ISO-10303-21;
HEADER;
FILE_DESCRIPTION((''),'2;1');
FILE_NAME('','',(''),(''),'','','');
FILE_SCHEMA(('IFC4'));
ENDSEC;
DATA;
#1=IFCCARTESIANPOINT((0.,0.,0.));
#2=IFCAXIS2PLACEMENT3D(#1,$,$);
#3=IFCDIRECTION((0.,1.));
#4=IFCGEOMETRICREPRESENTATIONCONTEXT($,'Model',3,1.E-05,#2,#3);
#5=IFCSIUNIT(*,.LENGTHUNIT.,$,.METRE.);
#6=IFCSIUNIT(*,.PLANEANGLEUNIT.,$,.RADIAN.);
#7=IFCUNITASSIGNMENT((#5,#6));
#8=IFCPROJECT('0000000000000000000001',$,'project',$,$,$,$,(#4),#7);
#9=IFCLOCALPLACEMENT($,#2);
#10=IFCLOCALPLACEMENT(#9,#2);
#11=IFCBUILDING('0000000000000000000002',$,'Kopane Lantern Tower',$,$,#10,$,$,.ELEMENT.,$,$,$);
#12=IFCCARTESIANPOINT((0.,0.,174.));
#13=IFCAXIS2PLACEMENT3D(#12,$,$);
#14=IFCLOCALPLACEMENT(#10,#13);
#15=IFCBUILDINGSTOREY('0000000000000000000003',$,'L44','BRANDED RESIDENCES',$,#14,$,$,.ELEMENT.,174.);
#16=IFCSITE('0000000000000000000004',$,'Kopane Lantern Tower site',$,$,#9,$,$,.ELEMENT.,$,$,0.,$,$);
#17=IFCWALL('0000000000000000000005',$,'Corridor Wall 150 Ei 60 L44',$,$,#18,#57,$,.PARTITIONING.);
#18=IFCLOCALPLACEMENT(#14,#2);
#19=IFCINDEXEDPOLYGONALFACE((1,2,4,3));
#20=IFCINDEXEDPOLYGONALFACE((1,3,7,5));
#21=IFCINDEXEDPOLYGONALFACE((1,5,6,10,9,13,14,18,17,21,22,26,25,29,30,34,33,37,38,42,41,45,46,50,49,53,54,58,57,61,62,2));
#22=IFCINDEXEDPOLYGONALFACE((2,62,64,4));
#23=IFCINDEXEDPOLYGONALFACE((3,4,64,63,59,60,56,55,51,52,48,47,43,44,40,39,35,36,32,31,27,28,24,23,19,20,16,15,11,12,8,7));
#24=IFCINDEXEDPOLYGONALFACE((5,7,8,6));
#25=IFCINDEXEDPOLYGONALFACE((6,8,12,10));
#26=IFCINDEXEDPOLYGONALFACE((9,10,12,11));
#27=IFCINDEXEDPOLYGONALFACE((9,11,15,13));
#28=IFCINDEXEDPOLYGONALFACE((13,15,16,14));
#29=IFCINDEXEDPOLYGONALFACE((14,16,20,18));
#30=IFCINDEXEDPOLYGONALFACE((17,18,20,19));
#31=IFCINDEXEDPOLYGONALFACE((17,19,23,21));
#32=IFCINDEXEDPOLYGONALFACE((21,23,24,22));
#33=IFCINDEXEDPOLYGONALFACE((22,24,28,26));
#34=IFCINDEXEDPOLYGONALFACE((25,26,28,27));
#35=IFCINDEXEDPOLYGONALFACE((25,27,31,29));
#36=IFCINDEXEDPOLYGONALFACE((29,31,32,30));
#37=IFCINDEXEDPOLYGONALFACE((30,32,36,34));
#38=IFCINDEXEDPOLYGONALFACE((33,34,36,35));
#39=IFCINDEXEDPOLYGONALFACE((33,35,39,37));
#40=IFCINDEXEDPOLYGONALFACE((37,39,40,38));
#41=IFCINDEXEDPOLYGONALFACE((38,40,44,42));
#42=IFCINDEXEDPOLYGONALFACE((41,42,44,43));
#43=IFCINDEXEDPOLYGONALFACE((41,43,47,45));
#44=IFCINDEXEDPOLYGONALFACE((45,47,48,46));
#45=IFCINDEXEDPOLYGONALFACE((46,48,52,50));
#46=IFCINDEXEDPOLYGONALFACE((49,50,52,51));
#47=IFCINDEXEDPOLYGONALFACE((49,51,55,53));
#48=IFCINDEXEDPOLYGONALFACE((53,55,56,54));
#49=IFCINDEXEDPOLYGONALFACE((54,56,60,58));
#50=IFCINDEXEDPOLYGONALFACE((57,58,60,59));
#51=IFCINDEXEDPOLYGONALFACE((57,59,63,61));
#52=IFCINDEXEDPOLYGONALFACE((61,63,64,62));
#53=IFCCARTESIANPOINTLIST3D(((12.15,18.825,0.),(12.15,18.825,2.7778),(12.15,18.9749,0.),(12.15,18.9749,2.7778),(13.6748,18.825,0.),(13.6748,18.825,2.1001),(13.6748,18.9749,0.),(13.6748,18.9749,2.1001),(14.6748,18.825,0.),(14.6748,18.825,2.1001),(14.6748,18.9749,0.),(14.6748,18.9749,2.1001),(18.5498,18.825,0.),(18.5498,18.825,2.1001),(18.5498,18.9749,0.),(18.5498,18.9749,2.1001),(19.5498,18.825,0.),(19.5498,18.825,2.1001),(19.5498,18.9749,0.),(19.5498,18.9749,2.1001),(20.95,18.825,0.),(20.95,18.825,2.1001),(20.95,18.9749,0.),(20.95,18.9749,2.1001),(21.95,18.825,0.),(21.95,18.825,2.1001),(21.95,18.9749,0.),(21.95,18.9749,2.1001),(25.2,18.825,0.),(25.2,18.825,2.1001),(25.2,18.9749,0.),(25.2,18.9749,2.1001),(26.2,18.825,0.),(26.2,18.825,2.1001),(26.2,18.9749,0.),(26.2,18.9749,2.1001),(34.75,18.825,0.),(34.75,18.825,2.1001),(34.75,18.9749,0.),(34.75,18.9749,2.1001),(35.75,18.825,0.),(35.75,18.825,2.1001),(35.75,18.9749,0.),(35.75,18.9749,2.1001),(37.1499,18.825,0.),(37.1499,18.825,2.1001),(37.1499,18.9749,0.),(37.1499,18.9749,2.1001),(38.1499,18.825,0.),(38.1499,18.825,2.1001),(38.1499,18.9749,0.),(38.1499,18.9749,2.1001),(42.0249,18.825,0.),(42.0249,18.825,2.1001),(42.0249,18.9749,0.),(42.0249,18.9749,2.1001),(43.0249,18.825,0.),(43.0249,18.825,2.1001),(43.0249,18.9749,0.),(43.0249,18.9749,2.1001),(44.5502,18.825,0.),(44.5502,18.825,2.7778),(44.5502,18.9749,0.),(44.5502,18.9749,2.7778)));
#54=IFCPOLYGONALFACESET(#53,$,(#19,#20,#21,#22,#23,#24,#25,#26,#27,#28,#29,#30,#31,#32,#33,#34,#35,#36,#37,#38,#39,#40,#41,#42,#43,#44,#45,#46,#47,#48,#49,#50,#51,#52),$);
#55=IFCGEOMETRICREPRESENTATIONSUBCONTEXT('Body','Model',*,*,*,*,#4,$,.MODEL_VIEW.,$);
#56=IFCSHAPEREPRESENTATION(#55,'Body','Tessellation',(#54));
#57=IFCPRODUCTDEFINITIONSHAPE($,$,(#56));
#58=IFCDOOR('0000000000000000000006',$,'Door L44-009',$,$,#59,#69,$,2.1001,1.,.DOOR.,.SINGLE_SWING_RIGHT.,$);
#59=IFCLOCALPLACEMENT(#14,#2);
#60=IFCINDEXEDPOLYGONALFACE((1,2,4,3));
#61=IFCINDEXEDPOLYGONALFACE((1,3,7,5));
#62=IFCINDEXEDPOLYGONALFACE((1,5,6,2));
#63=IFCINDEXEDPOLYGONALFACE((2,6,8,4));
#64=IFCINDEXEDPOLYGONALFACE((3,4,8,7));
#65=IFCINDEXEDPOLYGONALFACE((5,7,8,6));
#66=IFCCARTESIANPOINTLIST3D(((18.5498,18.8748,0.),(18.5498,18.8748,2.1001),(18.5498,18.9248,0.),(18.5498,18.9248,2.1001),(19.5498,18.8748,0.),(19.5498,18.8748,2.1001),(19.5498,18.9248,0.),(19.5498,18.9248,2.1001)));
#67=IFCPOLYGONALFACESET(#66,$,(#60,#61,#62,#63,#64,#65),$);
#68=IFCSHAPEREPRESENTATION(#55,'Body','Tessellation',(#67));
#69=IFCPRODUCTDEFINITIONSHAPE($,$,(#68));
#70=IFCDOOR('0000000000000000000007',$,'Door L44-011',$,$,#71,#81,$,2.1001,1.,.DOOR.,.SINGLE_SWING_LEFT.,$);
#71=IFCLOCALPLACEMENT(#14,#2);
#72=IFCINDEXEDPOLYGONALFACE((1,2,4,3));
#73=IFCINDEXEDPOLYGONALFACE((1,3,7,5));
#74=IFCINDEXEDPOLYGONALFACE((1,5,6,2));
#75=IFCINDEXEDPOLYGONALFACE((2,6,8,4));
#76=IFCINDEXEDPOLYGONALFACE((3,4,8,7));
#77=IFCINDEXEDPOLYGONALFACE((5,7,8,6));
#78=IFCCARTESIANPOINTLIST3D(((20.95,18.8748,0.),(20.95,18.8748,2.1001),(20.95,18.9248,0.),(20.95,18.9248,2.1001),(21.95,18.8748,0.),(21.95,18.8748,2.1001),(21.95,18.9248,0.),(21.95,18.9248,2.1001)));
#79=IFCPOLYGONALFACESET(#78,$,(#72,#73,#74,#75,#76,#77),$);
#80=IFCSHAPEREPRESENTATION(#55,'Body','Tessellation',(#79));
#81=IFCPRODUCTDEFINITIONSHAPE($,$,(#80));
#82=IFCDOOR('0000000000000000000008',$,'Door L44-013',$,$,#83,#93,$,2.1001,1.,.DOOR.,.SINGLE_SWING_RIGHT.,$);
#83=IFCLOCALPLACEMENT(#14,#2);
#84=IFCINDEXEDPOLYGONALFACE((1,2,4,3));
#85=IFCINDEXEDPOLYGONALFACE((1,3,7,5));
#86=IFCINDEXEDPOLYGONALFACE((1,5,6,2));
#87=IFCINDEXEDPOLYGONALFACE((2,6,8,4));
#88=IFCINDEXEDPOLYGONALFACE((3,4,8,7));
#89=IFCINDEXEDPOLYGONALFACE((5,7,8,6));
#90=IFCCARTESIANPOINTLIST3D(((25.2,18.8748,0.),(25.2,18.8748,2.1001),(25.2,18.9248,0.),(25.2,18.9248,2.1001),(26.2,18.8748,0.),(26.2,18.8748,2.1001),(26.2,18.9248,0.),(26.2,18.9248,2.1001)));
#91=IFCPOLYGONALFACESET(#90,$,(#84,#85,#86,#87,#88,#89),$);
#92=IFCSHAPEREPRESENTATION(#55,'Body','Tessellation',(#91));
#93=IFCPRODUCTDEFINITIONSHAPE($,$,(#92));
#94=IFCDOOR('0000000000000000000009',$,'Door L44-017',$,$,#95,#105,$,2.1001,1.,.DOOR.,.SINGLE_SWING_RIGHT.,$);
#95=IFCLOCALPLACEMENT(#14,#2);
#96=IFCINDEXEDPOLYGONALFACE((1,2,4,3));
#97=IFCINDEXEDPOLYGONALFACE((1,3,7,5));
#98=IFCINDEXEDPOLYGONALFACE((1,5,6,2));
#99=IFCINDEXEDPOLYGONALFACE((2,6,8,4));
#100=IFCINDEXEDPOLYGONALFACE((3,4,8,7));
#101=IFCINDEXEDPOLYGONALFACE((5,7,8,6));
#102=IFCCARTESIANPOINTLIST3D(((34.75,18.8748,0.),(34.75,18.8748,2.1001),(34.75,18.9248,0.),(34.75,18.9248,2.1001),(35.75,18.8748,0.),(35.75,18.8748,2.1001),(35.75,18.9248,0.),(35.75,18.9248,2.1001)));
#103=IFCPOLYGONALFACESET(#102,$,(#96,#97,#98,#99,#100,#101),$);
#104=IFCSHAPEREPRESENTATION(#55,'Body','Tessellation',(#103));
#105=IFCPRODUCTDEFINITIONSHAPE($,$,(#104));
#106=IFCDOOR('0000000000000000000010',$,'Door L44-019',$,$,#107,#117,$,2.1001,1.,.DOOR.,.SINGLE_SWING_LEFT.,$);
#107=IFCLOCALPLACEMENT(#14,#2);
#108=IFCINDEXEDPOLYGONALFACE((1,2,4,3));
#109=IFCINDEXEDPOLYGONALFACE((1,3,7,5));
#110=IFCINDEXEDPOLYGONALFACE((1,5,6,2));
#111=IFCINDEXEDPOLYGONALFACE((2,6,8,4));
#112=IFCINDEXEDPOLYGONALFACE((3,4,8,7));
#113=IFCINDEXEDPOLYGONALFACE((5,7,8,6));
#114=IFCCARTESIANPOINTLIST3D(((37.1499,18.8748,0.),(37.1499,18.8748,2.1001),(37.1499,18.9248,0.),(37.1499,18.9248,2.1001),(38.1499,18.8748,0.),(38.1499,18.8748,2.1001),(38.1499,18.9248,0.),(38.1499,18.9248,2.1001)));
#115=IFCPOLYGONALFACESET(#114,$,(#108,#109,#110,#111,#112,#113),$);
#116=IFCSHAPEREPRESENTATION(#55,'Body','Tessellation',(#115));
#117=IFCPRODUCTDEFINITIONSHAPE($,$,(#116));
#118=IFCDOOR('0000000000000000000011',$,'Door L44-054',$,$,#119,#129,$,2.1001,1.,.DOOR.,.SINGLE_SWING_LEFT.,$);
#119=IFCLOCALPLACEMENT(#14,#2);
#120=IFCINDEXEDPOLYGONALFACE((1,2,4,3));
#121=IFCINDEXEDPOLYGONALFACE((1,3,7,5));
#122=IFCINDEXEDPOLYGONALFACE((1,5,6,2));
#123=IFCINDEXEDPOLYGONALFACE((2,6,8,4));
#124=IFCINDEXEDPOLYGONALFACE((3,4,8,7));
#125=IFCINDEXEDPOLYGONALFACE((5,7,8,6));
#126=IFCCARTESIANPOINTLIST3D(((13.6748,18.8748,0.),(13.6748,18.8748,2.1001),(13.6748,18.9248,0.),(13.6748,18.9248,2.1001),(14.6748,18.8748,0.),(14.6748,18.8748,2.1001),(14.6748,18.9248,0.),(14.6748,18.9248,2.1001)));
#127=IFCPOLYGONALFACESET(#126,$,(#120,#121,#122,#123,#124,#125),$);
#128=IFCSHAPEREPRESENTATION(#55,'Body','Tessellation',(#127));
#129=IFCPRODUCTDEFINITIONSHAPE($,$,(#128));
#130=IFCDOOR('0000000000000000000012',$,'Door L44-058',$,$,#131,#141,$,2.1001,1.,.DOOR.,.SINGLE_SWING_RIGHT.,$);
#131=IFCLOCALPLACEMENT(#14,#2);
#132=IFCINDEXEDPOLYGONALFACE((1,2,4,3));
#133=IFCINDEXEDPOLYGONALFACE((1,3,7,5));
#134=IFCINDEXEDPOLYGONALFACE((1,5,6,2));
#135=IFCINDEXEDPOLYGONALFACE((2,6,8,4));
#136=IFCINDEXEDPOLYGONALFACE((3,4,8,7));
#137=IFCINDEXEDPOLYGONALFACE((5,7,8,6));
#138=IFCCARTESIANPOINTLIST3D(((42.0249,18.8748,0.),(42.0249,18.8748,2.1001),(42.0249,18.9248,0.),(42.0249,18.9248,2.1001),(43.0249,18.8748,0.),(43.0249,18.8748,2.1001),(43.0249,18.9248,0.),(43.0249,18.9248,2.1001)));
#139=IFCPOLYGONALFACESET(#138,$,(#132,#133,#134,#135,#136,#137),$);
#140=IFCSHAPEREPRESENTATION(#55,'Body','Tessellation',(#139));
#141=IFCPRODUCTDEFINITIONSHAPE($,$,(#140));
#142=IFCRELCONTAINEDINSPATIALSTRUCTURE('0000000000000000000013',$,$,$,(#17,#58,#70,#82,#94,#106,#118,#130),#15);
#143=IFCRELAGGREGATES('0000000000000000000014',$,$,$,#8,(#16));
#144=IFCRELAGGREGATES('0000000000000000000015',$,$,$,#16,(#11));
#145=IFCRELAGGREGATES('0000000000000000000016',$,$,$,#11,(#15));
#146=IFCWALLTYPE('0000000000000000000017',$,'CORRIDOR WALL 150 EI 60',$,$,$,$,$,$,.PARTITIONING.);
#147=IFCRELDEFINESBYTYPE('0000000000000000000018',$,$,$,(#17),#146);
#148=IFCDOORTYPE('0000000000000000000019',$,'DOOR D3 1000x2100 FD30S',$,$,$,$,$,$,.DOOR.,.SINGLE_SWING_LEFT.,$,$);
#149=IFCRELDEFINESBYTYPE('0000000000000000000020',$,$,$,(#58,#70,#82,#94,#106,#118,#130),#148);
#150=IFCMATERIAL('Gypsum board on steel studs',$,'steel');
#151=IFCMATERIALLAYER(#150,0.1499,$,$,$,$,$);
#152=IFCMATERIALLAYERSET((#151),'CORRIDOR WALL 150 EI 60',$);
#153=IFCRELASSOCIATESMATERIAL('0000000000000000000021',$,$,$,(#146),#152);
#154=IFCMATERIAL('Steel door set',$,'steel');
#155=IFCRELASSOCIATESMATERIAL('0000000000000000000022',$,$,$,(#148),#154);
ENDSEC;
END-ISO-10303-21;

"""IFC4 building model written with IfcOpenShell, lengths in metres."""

from ifc_helpers import new_model, si_unit, direction, frame, frame_2d, origin, place, context, subcontext, project, spatial, rectangle, extrude, material, layer, layer_set, type_object, element, fill, save


model = new_model("IFC4")

# Units and contexts
model_context = context("Model", 3, precision=1e-05, world=origin(), true_north=direction((0.0, 1.0)))
body_context = subcontext(model_context, "Body", "Model", "MODEL_VIEW")
ifc_project = project(units=[si_unit("LENGTHUNIT", "METRE"), si_unit("PLANEANGLEUNIT", "RADIAN")], contexts=[model_context])

# Site, building, storey
site_placement = place(None, origin())
site = spatial("IfcSite", under=ifc_project, at=site_placement, Name="Kopane Lantern Tower site", CompositionType="ELEMENT", RefElevation=0.0)
building_placement = place(site_placement, origin())
building = spatial("IfcBuilding", under=site, at=building_placement, Name="Kopane Lantern Tower", CompositionType="ELEMENT")
storey_placement = place(building_placement, frame((0.0, 0.0, 174.0)))
storey = spatial("IfcBuildingStorey", under=building, at=storey_placement, Name="L44", Description="BRANDED RESIDENCES", CompositionType="ELEMENT", Elevation=174.0)

# Wall, openings, doors
ifc_material_1 = material(Name="Gypsum board on steel studs", Category="steel")
ifc_layer_1 = layer(ifc_material_1, 0.1499)
ifc_layer_set_1 = layer_set([ifc_layer_1], Name="CORRIDOR WALL 150 EI 60")
wall_type_1 = type_object("IfcWallType", Name="CORRIDOR WALL 150 EI 60", PredefinedType="PARTITIONING", material=ifc_layer_set_1)
wall_1_placement = place(storey_placement, frame((12.1499, 18.8999, 0.0), z_axis=(0.0, 0.0, 1.0), x_axis=(1.0, 0.0, 0.0)))
wall_1 = element("IfcWall", 1, at=wall_1_placement, inside=storey, type_object=wall_type_1, Name="Corridor Wall 150 Ei 60 L44", PredefinedType="PARTITIONING", context=body_context, shape_type="SweptSolid", body=[
    extrude(rectangle(XDim=32.4001, YDim=0.1499, at=frame_2d((16.2002, 0.0))), origin(), (0.0, 0.0, 1.0), 2.7778),
])
opening_1_placement = place(wall_1_placement, frame((6.3999, 0.0, 0.0)))
opening_1 = element("IfcOpeningElement", 2, at=opening_1_placement, cuts=wall_1, PredefinedType="OPENING", context=body_context, shape_type="SweptSolid", body=[
    extrude(rectangle(XDim=1.0, YDim=2.1001, at=frame_2d((0.5, 1.05))), frame((0.0, 0.085, 0.0), z_axis=(0.0, -1.0, 0.0), x_axis=(1.0, 0.0, 0.0)), (0.0, 0.0, 1.0), 0.1699),
])
opening_2_placement = place(wall_1_placement, frame((8.8, 0.0, 0.0)))
opening_2 = element("IfcOpeningElement", 3, at=opening_2_placement, cuts=wall_1, PredefinedType="OPENING", context=body_context, shape_type="SweptSolid", body=[
    extrude(rectangle(XDim=1.0, YDim=2.1001, at=frame_2d((0.5, 1.05))), frame((0.0, 0.085, 0.0), z_axis=(0.0, -1.0, 0.0), x_axis=(1.0, 0.0, 0.0)), (0.0, 0.0, 1.0), 0.1699),
])
opening_3_placement = place(wall_1_placement, frame((13.05, 0.0, 0.0)))
opening_3 = element("IfcOpeningElement", 4, at=opening_3_placement, cuts=wall_1, PredefinedType="OPENING", context=body_context, shape_type="SweptSolid", body=[
    extrude(rectangle(XDim=1.0, YDim=2.1001, at=frame_2d((0.5, 1.05))), frame((0.0, 0.085, 0.0), z_axis=(0.0, -1.0, 0.0), x_axis=(1.0, 0.0, 0.0)), (0.0, 0.0, 1.0), 0.1699),
])
opening_4_placement = place(wall_1_placement, frame((22.6001, 0.0, 0.0)))
opening_4 = element("IfcOpeningElement", 5, at=opening_4_placement, cuts=wall_1, PredefinedType="OPENING", context=body_context, shape_type="SweptSolid", body=[
    extrude(rectangle(XDim=1.0, YDim=2.1001, at=frame_2d((0.5, 1.05))), frame((0.0, 0.085, 0.0), z_axis=(0.0, -1.0, 0.0), x_axis=(1.0, 0.0, 0.0)), (0.0, 0.0, 1.0), 0.1699),
])
opening_5_placement = place(wall_1_placement, frame((25.0, 0.0, 0.0)))
opening_5 = element("IfcOpeningElement", 6, at=opening_5_placement, cuts=wall_1, PredefinedType="OPENING", context=body_context, shape_type="SweptSolid", body=[
    extrude(rectangle(XDim=1.0, YDim=2.1001, at=frame_2d((0.5, 1.05))), frame((0.0, 0.085, 0.0), z_axis=(0.0, -1.0, 0.0), x_axis=(1.0, 0.0, 0.0)), (0.0, 0.0, 1.0), 0.1699),
])
opening_6_placement = place(wall_1_placement, frame((1.5249, 0.0, 0.0)))
opening_6 = element("IfcOpeningElement", 7, at=opening_6_placement, cuts=wall_1, PredefinedType="OPENING", context=body_context, shape_type="SweptSolid", body=[
    extrude(rectangle(XDim=1.0, YDim=2.1001, at=frame_2d((0.5, 1.05))), frame((0.0, 0.085, 0.0), z_axis=(0.0, -1.0, 0.0), x_axis=(1.0, 0.0, 0.0)), (0.0, 0.0, 1.0), 0.1699),
])
opening_7_placement = place(wall_1_placement, frame((29.875, 0.0, 0.0)))
opening_7 = element("IfcOpeningElement", 8, at=opening_7_placement, cuts=wall_1, PredefinedType="OPENING", context=body_context, shape_type="SweptSolid", body=[
    extrude(rectangle(XDim=1.0, YDim=2.1001, at=frame_2d((0.5, 1.05))), frame((0.0, 0.085, 0.0), z_axis=(0.0, -1.0, 0.0), x_axis=(1.0, 0.0, 0.0)), (0.0, 0.0, 1.0), 0.1699),
])
ifc_material_2 = material(Name="Steel door set", Category="steel")
door_type_1 = type_object("IfcDoorType", Name="DOOR D3 1000x2100 FD30S", OperationType="SINGLE_SWING_LEFT", PredefinedType="DOOR", material=ifc_material_2)
door_1_placement = place(opening_1_placement, origin())
door_1 = element("IfcDoor", 9, at=door_1_placement, inside=storey, type_object=door_type_1, Name="Door L44-009", OperationType="SINGLE_SWING_RIGHT", OverallHeight=2.1001, OverallWidth=1.0, PredefinedType="DOOR", context=body_context, shape_type="SweptSolid", body=[
    extrude(rectangle(XDim=1.0, YDim=2.1001, at=frame_2d((0.5, 1.05))), frame((0.0, 0.0249, 0.0), z_axis=(0.0, -1.0, 0.0), x_axis=(1.0, 0.0, 0.0)), (0.0, 0.0, 1.0), 0.05),
])
fill(opening_1, door_1)
door_2_placement = place(opening_2_placement, origin())
door_2 = element("IfcDoor", 10, at=door_2_placement, inside=storey, type_object=door_type_1, Name="Door L44-011", OperationType="SINGLE_SWING_LEFT", OverallHeight=2.1001, OverallWidth=1.0, PredefinedType="DOOR", context=body_context, shape_type="SweptSolid", body=[
    extrude(rectangle(XDim=1.0, YDim=2.1001, at=frame_2d((0.5, 1.05))), frame((0.0, 0.0249, 0.0), z_axis=(0.0, -1.0, 0.0), x_axis=(1.0, 0.0, 0.0)), (0.0, 0.0, 1.0), 0.05),
])
fill(opening_2, door_2)
door_3_placement = place(opening_3_placement, origin())
door_3 = element("IfcDoor", 11, at=door_3_placement, inside=storey, type_object=door_type_1, Name="Door L44-013", OperationType="SINGLE_SWING_RIGHT", OverallHeight=2.1001, OverallWidth=1.0, PredefinedType="DOOR", context=body_context, shape_type="SweptSolid", body=[
    extrude(rectangle(XDim=1.0, YDim=2.1001, at=frame_2d((0.5, 1.05))), frame((0.0, 0.0249, 0.0), z_axis=(0.0, -1.0, 0.0), x_axis=(1.0, 0.0, 0.0)), (0.0, 0.0, 1.0), 0.05),
])
fill(opening_3, door_3)
door_4_placement = place(opening_4_placement, origin())
door_4 = element("IfcDoor", 12, at=door_4_placement, inside=storey, type_object=door_type_1, Name="Door L44-017", OperationType="SINGLE_SWING_RIGHT", OverallHeight=2.1001, OverallWidth=1.0, PredefinedType="DOOR", context=body_context, shape_type="SweptSolid", body=[
    extrude(rectangle(XDim=1.0, YDim=2.1001, at=frame_2d((0.5, 1.05))), frame((0.0, 0.0249, 0.0), z_axis=(0.0, -1.0, 0.0), x_axis=(1.0, 0.0, 0.0)), (0.0, 0.0, 1.0), 0.05),
])
fill(opening_4, door_4)
door_5_placement = place(opening_5_placement, origin())
door_5 = element("IfcDoor", 13, at=door_5_placement, inside=storey, type_object=door_type_1, Name="Door L44-019", OperationType="SINGLE_SWING_LEFT", OverallHeight=2.1001, OverallWidth=1.0, PredefinedType="DOOR", context=body_context, shape_type="SweptSolid", body=[
    extrude(rectangle(XDim=1.0, YDim=2.1001, at=frame_2d((0.5, 1.05))), frame((0.0, 0.0249, 0.0), z_axis=(0.0, -1.0, 0.0), x_axis=(1.0, 0.0, 0.0)), (0.0, 0.0, 1.0), 0.05),
])
fill(opening_5, door_5)
door_6_placement = place(opening_6_placement, origin())
door_6 = element("IfcDoor", 14, at=door_6_placement, inside=storey, type_object=door_type_1, Name="Door L44-054", OperationType="SINGLE_SWING_LEFT", OverallHeight=2.1001, OverallWidth=1.0, PredefinedType="DOOR", context=body_context, shape_type="SweptSolid", body=[
    extrude(rectangle(XDim=1.0, YDim=2.1001, at=frame_2d((0.5, 1.05))), frame((0.0, 0.0249, 0.0), z_axis=(0.0, -1.0, 0.0), x_axis=(1.0, 0.0, 0.0)), (0.0, 0.0, 1.0), 0.05),
])
fill(opening_6, door_6)
door_7_placement = place(opening_7_placement, origin())
door_7 = element("IfcDoor", 15, at=door_7_placement, inside=storey, type_object=door_type_1, Name="Door L44-058", OperationType="SINGLE_SWING_RIGHT", OverallHeight=2.1001, OverallWidth=1.0, PredefinedType="DOOR", context=body_context, shape_type="SweptSolid", body=[
    extrude(rectangle(XDim=1.0, YDim=2.1001, at=frame_2d((0.5, 1.05))), frame((0.0, 0.0249, 0.0), z_axis=(0.0, -1.0, 0.0), x_axis=(1.0, 0.0, 0.0)), (0.0, 0.0, 1.0), 0.05),
])
fill(opening_7, door_7)

save(model, "model.ifc")
